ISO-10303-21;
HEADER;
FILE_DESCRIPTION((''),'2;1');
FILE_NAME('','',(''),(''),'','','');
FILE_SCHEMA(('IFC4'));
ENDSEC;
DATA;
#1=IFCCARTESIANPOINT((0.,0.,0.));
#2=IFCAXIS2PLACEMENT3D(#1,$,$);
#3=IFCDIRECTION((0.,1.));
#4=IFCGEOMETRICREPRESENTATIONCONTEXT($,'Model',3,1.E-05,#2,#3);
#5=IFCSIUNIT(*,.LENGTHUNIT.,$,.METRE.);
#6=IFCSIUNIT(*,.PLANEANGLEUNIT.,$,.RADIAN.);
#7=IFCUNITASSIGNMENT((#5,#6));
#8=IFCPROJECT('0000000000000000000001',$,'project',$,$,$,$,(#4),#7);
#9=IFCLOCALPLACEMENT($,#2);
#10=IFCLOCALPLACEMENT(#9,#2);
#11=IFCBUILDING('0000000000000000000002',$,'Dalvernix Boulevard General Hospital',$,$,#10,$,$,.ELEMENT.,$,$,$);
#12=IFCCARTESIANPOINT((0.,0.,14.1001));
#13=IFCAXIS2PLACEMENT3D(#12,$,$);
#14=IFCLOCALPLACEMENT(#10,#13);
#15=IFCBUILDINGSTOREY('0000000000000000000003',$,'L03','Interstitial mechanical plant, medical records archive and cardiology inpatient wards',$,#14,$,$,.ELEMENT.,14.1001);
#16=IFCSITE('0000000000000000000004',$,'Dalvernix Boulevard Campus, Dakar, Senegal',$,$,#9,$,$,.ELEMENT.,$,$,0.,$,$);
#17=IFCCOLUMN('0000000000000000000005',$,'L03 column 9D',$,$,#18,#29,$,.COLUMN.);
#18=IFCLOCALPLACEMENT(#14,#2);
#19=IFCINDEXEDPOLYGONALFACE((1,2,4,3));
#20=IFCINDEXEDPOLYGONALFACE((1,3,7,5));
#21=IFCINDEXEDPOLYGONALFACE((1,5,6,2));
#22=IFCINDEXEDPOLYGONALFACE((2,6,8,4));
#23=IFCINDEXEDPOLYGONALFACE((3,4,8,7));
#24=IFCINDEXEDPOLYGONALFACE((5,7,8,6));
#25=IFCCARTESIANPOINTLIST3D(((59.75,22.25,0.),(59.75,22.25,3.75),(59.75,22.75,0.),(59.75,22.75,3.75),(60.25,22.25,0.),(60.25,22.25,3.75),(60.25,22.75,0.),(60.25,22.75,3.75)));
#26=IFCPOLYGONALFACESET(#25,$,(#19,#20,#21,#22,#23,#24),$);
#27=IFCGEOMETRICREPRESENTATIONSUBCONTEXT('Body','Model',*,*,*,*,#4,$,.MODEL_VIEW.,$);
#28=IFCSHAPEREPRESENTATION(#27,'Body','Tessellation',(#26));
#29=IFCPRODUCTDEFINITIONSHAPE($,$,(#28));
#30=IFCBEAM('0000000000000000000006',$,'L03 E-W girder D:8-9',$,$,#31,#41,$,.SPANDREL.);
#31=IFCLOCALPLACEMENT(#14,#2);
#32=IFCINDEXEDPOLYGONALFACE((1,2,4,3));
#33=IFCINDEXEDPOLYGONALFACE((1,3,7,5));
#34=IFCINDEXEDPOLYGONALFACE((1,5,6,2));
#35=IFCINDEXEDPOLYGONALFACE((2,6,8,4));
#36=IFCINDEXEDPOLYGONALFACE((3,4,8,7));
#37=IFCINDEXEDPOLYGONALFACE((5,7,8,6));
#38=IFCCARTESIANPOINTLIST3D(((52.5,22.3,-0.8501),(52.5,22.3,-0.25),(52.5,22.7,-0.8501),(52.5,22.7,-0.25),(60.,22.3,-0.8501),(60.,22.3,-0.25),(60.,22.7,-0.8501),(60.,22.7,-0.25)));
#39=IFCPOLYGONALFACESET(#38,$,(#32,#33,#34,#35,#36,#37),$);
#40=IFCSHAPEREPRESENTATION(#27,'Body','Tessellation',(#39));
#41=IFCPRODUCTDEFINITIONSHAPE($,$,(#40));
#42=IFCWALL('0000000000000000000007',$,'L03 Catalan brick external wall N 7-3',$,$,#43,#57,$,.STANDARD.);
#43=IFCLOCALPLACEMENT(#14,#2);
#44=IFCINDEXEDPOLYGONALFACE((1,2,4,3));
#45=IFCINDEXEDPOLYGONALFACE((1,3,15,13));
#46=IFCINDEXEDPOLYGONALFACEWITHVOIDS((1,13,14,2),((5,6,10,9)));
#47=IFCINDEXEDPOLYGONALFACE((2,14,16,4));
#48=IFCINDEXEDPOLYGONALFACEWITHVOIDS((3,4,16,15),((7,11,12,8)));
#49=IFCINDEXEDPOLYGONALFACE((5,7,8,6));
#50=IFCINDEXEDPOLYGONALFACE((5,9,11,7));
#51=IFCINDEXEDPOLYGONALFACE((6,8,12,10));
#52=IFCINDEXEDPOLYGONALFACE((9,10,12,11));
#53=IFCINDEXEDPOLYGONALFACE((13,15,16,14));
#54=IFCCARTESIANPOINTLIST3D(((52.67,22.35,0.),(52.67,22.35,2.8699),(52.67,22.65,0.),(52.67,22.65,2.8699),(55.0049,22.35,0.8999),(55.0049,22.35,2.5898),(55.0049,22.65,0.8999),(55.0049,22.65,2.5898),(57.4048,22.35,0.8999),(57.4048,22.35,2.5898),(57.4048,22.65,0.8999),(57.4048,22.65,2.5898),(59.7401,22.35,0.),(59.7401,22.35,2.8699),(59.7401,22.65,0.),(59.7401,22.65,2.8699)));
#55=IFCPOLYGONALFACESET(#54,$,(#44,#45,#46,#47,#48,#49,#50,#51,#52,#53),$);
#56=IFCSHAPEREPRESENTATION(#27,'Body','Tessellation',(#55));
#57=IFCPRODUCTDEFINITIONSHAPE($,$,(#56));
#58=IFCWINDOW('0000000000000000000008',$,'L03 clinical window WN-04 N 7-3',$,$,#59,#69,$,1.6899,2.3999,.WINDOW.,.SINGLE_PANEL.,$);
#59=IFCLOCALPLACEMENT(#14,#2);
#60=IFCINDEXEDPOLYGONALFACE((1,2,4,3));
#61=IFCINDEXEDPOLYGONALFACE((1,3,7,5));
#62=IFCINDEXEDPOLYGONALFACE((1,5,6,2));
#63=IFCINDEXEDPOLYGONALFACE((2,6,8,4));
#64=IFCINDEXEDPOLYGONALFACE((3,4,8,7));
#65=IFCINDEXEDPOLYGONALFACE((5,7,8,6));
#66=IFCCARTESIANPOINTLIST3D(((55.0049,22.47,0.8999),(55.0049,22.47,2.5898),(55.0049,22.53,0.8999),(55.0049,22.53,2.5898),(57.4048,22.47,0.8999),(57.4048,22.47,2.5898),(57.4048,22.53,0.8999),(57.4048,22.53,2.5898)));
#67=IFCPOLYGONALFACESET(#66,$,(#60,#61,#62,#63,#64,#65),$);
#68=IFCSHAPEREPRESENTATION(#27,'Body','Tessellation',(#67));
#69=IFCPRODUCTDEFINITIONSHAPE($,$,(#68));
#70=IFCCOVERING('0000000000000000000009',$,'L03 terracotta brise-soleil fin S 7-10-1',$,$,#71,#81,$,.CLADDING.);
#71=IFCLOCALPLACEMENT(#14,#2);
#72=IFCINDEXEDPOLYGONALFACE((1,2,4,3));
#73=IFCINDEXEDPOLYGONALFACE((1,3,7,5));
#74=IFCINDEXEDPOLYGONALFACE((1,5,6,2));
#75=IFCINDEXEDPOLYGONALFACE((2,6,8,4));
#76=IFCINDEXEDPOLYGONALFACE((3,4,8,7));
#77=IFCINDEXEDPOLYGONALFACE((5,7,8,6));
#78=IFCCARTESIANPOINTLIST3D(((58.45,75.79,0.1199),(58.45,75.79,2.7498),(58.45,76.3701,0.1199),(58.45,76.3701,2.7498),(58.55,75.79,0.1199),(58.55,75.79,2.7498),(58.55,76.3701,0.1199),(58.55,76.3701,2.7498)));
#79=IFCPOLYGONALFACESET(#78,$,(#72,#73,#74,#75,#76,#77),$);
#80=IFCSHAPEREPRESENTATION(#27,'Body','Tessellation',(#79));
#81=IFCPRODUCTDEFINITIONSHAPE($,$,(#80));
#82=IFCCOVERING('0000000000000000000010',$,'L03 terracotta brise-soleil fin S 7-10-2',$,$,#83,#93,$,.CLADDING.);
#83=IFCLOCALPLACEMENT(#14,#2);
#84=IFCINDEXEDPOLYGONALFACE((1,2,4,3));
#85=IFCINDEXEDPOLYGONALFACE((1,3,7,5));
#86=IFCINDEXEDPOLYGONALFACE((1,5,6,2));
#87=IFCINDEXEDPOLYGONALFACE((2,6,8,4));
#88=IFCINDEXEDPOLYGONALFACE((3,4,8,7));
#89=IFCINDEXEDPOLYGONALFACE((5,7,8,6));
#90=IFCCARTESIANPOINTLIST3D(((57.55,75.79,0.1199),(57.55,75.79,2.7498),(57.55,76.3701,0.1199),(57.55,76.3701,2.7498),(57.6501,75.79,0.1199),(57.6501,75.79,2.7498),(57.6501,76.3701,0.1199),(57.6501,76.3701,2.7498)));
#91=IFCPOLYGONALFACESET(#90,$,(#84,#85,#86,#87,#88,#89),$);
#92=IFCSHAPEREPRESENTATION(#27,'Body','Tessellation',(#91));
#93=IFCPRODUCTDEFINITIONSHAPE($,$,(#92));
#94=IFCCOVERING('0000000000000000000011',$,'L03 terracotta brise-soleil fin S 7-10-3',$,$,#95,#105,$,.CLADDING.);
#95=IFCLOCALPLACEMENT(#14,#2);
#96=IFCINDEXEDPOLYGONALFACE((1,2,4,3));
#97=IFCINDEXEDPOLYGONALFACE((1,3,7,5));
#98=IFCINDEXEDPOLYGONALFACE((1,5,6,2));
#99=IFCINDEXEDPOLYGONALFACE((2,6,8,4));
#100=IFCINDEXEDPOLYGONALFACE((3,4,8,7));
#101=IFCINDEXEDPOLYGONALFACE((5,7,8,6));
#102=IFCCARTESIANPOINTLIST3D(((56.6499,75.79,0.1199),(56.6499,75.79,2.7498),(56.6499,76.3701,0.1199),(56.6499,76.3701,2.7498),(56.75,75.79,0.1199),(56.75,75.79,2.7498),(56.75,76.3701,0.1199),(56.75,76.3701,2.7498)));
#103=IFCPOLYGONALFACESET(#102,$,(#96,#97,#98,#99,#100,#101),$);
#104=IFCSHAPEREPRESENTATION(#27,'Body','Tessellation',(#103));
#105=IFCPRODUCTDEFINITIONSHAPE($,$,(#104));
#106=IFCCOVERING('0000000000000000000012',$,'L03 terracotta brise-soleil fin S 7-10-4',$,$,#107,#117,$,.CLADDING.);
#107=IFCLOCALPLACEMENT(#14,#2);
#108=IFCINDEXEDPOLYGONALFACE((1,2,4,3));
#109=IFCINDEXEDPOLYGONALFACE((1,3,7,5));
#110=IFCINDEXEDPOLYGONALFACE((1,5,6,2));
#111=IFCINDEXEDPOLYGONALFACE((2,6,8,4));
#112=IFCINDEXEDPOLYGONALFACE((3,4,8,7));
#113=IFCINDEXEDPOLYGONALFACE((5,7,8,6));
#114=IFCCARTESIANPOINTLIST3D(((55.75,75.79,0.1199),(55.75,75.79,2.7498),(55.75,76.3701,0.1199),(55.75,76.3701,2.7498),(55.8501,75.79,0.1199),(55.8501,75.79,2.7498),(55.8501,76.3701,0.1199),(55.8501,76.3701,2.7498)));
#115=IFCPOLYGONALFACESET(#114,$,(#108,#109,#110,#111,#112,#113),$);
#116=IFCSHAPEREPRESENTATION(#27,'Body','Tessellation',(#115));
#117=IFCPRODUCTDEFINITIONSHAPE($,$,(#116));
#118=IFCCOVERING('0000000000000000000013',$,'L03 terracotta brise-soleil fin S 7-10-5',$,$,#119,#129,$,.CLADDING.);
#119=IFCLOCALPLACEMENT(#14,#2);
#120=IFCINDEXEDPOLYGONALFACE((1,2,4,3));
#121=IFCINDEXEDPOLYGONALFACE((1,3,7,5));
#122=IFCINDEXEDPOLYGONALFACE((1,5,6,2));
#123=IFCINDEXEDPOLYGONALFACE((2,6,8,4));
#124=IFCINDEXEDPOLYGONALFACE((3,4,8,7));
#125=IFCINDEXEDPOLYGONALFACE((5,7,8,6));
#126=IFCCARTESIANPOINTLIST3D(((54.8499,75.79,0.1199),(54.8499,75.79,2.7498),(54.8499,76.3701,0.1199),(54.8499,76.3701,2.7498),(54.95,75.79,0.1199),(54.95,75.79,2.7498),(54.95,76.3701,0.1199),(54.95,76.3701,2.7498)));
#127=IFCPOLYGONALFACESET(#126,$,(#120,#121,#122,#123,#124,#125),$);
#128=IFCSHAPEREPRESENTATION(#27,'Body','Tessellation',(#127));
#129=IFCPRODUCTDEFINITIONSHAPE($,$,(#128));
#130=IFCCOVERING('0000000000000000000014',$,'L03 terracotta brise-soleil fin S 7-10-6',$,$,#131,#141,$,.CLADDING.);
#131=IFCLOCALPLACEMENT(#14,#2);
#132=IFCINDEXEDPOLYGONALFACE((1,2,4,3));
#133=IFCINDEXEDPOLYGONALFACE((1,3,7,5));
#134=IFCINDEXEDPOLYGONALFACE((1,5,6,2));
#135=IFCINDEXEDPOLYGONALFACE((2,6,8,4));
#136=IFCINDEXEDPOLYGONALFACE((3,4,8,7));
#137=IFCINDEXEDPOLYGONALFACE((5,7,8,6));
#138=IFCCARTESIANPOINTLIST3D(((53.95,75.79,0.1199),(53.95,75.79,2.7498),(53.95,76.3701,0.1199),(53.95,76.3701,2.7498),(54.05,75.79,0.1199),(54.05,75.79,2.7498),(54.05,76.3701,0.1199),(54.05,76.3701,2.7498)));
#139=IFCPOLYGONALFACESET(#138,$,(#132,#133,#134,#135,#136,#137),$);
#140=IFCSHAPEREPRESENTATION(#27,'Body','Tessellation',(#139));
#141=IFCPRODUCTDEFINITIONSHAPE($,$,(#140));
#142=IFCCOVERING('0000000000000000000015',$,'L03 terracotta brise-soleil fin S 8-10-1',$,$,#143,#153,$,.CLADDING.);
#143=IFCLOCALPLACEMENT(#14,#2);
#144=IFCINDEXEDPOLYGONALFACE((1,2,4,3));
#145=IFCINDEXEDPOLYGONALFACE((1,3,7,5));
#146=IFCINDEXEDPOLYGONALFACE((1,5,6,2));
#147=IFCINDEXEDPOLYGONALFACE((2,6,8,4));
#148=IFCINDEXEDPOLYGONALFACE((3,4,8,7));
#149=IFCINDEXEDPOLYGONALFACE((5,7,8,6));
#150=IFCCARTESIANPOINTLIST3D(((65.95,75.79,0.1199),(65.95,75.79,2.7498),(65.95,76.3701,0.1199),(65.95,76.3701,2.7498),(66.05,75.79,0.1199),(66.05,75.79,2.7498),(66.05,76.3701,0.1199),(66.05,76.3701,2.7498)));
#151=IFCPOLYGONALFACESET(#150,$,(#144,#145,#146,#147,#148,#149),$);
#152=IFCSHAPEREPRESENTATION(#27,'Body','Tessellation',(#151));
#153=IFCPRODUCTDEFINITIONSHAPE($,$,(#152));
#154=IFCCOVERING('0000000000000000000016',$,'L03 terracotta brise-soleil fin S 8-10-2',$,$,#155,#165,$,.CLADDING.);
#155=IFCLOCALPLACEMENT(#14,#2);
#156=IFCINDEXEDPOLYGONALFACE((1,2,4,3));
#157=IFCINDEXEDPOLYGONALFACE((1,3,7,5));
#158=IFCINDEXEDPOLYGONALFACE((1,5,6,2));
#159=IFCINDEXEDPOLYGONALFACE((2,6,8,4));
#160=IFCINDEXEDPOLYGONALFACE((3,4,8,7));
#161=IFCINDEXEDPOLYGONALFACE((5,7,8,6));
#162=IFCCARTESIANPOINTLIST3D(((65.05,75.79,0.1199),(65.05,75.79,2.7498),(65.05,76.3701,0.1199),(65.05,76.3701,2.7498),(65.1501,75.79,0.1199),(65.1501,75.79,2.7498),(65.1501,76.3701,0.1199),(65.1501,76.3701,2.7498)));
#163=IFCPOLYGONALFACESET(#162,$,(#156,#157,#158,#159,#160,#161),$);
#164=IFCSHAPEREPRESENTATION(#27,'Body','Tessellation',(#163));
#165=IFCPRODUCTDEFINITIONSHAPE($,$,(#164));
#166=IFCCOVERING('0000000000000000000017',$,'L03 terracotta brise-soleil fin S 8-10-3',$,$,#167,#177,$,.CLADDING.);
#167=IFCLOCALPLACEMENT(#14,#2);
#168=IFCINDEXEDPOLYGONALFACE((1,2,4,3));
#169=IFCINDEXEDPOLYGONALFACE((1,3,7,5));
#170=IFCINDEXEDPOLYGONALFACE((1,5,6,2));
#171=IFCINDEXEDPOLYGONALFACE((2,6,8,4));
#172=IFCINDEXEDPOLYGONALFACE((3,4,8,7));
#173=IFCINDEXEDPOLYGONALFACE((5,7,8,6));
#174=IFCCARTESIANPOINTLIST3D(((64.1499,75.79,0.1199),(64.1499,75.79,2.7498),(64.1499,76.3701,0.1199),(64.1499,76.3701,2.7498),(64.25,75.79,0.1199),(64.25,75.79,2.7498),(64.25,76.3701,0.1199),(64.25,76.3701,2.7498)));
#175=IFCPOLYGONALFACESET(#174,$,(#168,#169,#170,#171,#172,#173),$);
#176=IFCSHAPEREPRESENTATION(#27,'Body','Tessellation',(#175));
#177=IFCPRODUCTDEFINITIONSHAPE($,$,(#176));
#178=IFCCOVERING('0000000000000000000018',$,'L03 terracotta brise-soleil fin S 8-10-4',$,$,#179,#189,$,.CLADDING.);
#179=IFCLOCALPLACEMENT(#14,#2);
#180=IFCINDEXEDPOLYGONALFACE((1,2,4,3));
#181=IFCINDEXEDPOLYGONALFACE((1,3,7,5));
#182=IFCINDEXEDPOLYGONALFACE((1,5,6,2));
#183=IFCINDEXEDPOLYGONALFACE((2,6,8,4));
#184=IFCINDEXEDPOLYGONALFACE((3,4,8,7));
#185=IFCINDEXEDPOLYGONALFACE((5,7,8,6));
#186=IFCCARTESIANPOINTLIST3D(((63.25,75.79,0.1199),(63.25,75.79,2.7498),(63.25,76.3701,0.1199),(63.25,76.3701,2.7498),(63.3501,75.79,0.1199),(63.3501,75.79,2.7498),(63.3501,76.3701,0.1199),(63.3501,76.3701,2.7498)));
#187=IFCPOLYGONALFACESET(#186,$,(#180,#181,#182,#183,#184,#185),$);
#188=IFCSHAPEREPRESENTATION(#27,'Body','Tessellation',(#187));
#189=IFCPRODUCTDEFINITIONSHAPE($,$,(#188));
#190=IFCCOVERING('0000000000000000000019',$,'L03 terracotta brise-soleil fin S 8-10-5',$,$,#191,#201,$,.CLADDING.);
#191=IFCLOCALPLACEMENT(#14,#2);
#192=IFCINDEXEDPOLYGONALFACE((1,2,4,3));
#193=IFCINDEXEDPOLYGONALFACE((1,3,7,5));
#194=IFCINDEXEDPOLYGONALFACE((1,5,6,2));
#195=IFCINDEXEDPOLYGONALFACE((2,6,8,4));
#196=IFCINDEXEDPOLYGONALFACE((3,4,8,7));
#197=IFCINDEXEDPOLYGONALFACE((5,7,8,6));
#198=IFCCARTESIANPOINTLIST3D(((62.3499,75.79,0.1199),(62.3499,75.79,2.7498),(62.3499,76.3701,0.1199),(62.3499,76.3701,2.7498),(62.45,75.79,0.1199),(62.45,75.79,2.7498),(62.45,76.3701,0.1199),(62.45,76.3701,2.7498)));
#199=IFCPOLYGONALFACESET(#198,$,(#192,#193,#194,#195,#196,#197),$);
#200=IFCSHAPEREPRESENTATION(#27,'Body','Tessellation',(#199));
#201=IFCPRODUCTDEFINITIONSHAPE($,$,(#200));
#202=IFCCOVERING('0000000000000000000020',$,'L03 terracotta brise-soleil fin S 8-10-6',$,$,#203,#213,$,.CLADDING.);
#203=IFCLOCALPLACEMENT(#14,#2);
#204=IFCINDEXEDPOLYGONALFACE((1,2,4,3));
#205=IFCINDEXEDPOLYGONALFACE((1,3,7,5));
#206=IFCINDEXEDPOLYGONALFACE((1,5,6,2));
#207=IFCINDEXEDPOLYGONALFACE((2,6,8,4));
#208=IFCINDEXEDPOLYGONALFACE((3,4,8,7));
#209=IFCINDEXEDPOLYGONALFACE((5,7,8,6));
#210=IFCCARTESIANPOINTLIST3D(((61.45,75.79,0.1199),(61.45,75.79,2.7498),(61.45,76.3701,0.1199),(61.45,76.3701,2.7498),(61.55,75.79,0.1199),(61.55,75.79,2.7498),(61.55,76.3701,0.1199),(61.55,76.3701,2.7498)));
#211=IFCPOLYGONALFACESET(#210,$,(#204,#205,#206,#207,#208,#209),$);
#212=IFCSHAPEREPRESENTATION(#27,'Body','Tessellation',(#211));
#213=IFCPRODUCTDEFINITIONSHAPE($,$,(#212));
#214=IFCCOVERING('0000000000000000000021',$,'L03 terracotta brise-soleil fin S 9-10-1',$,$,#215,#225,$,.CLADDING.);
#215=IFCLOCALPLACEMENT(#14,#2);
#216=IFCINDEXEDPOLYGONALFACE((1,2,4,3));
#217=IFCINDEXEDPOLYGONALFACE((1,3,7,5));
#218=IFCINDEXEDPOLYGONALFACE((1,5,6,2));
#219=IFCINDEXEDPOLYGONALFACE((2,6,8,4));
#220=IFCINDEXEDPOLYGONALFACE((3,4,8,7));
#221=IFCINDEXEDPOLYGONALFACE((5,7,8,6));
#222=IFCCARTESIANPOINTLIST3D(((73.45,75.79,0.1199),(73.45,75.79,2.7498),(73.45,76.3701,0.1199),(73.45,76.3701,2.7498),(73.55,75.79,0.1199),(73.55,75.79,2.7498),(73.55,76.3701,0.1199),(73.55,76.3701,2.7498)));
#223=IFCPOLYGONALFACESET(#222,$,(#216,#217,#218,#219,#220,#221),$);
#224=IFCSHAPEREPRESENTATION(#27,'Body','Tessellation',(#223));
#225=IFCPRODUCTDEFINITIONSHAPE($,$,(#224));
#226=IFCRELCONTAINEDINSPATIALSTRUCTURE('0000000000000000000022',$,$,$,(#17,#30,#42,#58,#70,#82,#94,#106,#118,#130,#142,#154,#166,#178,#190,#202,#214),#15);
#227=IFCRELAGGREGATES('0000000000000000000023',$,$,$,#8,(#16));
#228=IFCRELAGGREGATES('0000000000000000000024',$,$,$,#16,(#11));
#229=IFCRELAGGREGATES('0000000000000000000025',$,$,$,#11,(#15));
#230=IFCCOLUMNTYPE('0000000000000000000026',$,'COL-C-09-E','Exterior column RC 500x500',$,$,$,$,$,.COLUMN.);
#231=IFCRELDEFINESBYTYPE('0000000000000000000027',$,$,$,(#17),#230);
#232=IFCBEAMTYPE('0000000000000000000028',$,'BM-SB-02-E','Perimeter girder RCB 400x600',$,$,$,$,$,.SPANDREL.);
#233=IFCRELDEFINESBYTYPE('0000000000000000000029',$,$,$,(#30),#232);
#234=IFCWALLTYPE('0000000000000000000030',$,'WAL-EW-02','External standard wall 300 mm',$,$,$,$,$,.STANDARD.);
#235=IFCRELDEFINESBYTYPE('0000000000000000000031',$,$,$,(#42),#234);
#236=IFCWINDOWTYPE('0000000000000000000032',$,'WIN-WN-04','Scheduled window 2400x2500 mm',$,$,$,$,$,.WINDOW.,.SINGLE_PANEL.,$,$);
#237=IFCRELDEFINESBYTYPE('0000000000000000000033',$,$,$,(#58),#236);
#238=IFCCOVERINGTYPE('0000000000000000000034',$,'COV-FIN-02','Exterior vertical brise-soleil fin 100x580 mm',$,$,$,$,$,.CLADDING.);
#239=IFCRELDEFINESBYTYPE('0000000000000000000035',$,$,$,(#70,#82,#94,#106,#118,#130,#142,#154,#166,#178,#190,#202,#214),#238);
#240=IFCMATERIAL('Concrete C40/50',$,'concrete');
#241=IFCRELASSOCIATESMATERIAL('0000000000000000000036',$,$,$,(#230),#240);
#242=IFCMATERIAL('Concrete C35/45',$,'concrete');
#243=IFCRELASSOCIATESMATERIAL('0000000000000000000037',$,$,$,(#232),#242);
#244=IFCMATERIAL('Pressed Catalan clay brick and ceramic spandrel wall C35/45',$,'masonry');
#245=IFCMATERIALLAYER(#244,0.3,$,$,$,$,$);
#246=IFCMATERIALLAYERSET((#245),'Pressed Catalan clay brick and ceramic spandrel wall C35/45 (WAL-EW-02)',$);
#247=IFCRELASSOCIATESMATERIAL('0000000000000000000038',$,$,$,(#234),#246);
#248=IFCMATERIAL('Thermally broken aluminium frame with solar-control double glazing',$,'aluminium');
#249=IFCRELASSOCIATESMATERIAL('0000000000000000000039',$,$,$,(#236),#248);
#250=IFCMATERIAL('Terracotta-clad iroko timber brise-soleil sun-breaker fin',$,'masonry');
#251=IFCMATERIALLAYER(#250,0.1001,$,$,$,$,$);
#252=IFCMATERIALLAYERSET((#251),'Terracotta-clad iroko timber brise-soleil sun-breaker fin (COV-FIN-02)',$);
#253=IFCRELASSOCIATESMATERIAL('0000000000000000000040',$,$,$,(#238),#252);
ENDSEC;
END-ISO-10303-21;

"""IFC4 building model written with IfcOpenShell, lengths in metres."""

from ifc_helpers import new_model, si_unit, direction, frame, frame_2d, origin, origin_2d, place, context, subcontext, project, spatial, rectangle, extrude, material, layer, layer_set, material_profile, profile_set, type_object, element, fill, save


model = new_model("IFC4")

# Units and contexts
model_context = context("Model", 3, precision=1e-05, world=origin(), true_north=direction((0.0, 1.0)))
body_context = subcontext(model_context, "Body", "Model", "MODEL_VIEW")
ifc_project = project(units=[si_unit("LENGTHUNIT", "METRE"), si_unit("PLANEANGLEUNIT", "RADIAN")], contexts=[model_context])

# Site, building, storey
site_placement = place(None, origin())
site = spatial("IfcSite", under=ifc_project, at=site_placement, Name="Dalvernix Boulevard Campus, Dakar, Senegal", CompositionType="ELEMENT", RefElevation=0.0)
building_placement = place(site_placement, origin())
building = spatial("IfcBuilding", under=site, at=building_placement, Name="Dalvernix Boulevard General Hospital", CompositionType="ELEMENT")
storey_placement = place(building_placement, frame((0.0, 0.0, 14.1001)))
storey = spatial("IfcBuildingStorey", under=building, at=storey_placement, Name="L03", Description="Interstitial mechanical plant, medical records archive and cardiology inpatient wards", CompositionType="ELEMENT", Elevation=14.1001)

# Column
ifc_material_1 = material(Name="Concrete C40/50", Category="concrete")
ifc_material_profile_1 = material_profile(ifc_material_1, rectangle(XDim=0.5, YDim=0.5, at=origin_2d()), Name="RC 500x500")
ifc_profile_set_1 = profile_set([ifc_material_profile_1], Name="Concrete C40/50")
column_type = type_object("IfcColumnType", Name="COL-C-09-E", Description="Exterior column RC 500x500", PredefinedType="COLUMN", material=ifc_profile_set_1)
column_placement = place(storey_placement, frame((60.0, 22.5, 0.0), z_axis=(0.0, 0.0, 1.0), x_axis=(1.0, 0.0, 0.0)))
element("IfcColumn", 1, at=column_placement, inside=storey, type_object=column_type, Name="L03 column 9D", PredefinedType="COLUMN", context=body_context, shape_type="SweptSolid", body=[
    extrude(rectangle(XDim=0.5, YDim=0.5, at=origin_2d()), origin(), (0.0, 0.0, 1.0), 3.75),
])

# Beam
ifc_material_2 = material(Name="Concrete C35/45", Category="concrete")
ifc_material_profile_2 = material_profile(ifc_material_2, rectangle(XDim=0.3999, YDim=0.6001, at=origin_2d()), Name="RCB 400x600")
ifc_profile_set_2 = profile_set([ifc_material_profile_2], Name="Concrete C35/45")
beam_type = type_object("IfcBeamType", Name="BM-SB-02-E", Description="Perimeter girder RCB 400x600", PredefinedType="SPANDREL", material=ifc_profile_set_2)
beam_placement = place(storey_placement, frame((52.5, 22.5, -0.55), z_axis=(1.0, 0.0, 0.0), x_axis=(0.0, 1.0, 0.0)))
element("IfcBeam", 2, at=beam_placement, inside=storey, type_object=beam_type, Name="L03 E-W girder D:8-9", PredefinedType="SPANDREL", context=body_context, shape_type="SweptSolid", body=[
    extrude(rectangle(XDim=0.3999, YDim=0.6001, at=origin_2d()), origin(), (0.0, 0.0, 1.0), 7.5),
])

# Wall, opening, window
ifc_material_3 = material(Name="Pressed Catalan clay brick and ceramic spandrel wall C35/45", Category="masonry")
ifc_layer_1 = layer(ifc_material_3, 0.3)
ifc_layer_set_1 = layer_set([ifc_layer_1], Name="Pressed Catalan clay brick and ceramic spandrel wall C35/45 (WAL-EW-02)")
wall_type = type_object("IfcWallType", Name="WAL-EW-02", Description="External standard wall 300 mm", PredefinedType="STANDARD", material=ifc_layer_set_1)
wall_placement = place(storey_placement, frame((52.6699, 22.5, 0.0), z_axis=(0.0, 0.0, 1.0), x_axis=(1.0, 0.0, 0.0)))
wall = element("IfcWall", 3, at=wall_placement, inside=storey, type_object=wall_type, Name="L03 Catalan brick external wall N 7-3", PredefinedType="STANDARD", context=body_context, shape_type="SweptSolid", body=[
    extrude(rectangle(XDim=7.0701, YDim=0.3, at=frame_2d((3.5352, 0.0))), origin(), (0.0, 0.0, 1.0), 2.8699),
])
opening_placement = place(wall_placement, frame((2.335, 0.0, 0.8999)))
opening = element("IfcOpeningElement", 4, at=opening_placement, cuts=wall, PredefinedType="OPENING", context=body_context, shape_type="SweptSolid", body=[
    extrude(rectangle(XDim=2.3999, YDim=1.6899, at=frame_2d((1.2, 0.845))), frame((0.0, 0.1599, 0.0), z_axis=(0.0, -1.0, 0.0), x_axis=(1.0, 0.0, 0.0)), (0.0, 0.0, 1.0), 0.3201),
])
ifc_material_4 = material(Name="Thermally broken aluminium frame with solar-control double glazing", Category="aluminium")
window_type = type_object("IfcWindowType", Name="WIN-WN-04", Description="Scheduled window 2400x2500 mm", PartitioningType="SINGLE_PANEL", PredefinedType="WINDOW", material=ifc_material_4)
window_placement = place(opening_placement, origin())
window = element("IfcWindow", 5, at=window_placement, inside=storey, type_object=window_type, Name="L03 clinical window WN-04 N 7-3", OverallHeight=1.6899, OverallWidth=2.3999, PartitioningType="SINGLE_PANEL", PredefinedType="WINDOW", context=body_context, shape_type="SweptSolid", body=[
    extrude(rectangle(XDim=2.3999, YDim=1.6899, at=frame_2d((1.2, 0.845))), frame((0.0, 0.03, 0.0), z_axis=(0.0, -1.0, 0.0), x_axis=(1.0, 0.0, 0.0)), (0.0, 0.0, 1.0), 0.0601),
])
fill(opening, window)

# Coverings
ifc_material_5 = material(Name="Terracotta-clad iroko timber brise-soleil sun-breaker fin", Category="masonry")
ifc_layer_2 = layer(ifc_material_5, 0.1001)
ifc_layer_set_2 = layer_set([ifc_layer_2], Name="Terracotta-clad iroko timber brise-soleil sun-breaker fin (COV-FIN-02)")
covering_type = type_object("IfcCoveringType", Name="COV-FIN-02", Description="Exterior vertical brise-soleil fin 100x580 mm", PredefinedType="CLADDING", material=ifc_layer_set_2)
for number, where, z_axis, x_axis, name in (
    (6, (58.5, 76.0801, 0.1199), (0.0, 0.0, 1.0), (-1.0, 0.0, 0.0), "L03 terracotta brise-soleil fin S 7-10-1"),
    (7, (57.6001, 76.0801, 0.1199), (0.0, 0.0, 1.0), (-1.0, 0.0, 0.0), "L03 terracotta brise-soleil fin S 7-10-2"),
    (8, (56.7, 76.0801, 0.1199), (0.0, 0.0, 1.0), (-1.0, 0.0, 0.0), "L03 terracotta brise-soleil fin S 7-10-3"),
    (9, (55.8, 76.0801, 0.1199), (0.0, 0.0, 1.0), (-1.0, 0.0, 0.0), "L03 terracotta brise-soleil fin S 7-10-4"),
    (10, (54.8999, 76.0801, 0.1199), (0.0, 0.0, 1.0), (-1.0, 0.0, 0.0), "L03 terracotta brise-soleil fin S 7-10-5"),
    (11, (54.0, 76.0801, 0.1199), (0.0, 0.0, 1.0), (-1.0, 0.0, 0.0), "L03 terracotta brise-soleil fin S 7-10-6"),
    (12, (66.0, 76.0801, 0.1199), (0.0, 0.0, 1.0), (-1.0, 0.0, 0.0), "L03 terracotta brise-soleil fin S 8-10-1"),
    (13, (65.1001, 76.0801, 0.1199), (0.0, 0.0, 1.0), (-1.0, 0.0, 0.0), "L03 terracotta brise-soleil fin S 8-10-2"),
    (14, (64.2, 76.0801, 0.1199), (0.0, 0.0, 1.0), (-1.0, 0.0, 0.0), "L03 terracotta brise-soleil fin S 8-10-3"),
    (15, (63.3, 76.0801, 0.1199), (0.0, 0.0, 1.0), (-1.0, 0.0, 0.0), "L03 terracotta brise-soleil fin S 8-10-4"),
    (16, (62.3999, 76.0801, 0.1199), (0.0, 0.0, 1.0), (-1.0, 0.0, 0.0), "L03 terracotta brise-soleil fin S 8-10-5"),
    (17, (61.5, 76.0801, 0.1199), (0.0, 0.0, 1.0), (-1.0, 0.0, 0.0), "L03 terracotta brise-soleil fin S 8-10-6"),
    (18, (73.5, 76.0801, 0.1199), (0.0, 0.0, 1.0), (-1.0, 0.0, 0.0), "L03 terracotta brise-soleil fin S 9-10-1"),
):
    element("IfcCovering", number, at=place(storey_placement, frame(where, z_axis=z_axis, x_axis=x_axis)), inside=storey, type_object=covering_type, Name=name, PredefinedType="CLADDING", context=body_context, shape_type="SweptSolid", body=[
        extrude(rectangle(XDim=0.1001, YDim=0.5801, at=origin_2d()), origin(), (0.0, 0.0, 1.0), 2.6299),
    ])

save(model, "model.ifc")
